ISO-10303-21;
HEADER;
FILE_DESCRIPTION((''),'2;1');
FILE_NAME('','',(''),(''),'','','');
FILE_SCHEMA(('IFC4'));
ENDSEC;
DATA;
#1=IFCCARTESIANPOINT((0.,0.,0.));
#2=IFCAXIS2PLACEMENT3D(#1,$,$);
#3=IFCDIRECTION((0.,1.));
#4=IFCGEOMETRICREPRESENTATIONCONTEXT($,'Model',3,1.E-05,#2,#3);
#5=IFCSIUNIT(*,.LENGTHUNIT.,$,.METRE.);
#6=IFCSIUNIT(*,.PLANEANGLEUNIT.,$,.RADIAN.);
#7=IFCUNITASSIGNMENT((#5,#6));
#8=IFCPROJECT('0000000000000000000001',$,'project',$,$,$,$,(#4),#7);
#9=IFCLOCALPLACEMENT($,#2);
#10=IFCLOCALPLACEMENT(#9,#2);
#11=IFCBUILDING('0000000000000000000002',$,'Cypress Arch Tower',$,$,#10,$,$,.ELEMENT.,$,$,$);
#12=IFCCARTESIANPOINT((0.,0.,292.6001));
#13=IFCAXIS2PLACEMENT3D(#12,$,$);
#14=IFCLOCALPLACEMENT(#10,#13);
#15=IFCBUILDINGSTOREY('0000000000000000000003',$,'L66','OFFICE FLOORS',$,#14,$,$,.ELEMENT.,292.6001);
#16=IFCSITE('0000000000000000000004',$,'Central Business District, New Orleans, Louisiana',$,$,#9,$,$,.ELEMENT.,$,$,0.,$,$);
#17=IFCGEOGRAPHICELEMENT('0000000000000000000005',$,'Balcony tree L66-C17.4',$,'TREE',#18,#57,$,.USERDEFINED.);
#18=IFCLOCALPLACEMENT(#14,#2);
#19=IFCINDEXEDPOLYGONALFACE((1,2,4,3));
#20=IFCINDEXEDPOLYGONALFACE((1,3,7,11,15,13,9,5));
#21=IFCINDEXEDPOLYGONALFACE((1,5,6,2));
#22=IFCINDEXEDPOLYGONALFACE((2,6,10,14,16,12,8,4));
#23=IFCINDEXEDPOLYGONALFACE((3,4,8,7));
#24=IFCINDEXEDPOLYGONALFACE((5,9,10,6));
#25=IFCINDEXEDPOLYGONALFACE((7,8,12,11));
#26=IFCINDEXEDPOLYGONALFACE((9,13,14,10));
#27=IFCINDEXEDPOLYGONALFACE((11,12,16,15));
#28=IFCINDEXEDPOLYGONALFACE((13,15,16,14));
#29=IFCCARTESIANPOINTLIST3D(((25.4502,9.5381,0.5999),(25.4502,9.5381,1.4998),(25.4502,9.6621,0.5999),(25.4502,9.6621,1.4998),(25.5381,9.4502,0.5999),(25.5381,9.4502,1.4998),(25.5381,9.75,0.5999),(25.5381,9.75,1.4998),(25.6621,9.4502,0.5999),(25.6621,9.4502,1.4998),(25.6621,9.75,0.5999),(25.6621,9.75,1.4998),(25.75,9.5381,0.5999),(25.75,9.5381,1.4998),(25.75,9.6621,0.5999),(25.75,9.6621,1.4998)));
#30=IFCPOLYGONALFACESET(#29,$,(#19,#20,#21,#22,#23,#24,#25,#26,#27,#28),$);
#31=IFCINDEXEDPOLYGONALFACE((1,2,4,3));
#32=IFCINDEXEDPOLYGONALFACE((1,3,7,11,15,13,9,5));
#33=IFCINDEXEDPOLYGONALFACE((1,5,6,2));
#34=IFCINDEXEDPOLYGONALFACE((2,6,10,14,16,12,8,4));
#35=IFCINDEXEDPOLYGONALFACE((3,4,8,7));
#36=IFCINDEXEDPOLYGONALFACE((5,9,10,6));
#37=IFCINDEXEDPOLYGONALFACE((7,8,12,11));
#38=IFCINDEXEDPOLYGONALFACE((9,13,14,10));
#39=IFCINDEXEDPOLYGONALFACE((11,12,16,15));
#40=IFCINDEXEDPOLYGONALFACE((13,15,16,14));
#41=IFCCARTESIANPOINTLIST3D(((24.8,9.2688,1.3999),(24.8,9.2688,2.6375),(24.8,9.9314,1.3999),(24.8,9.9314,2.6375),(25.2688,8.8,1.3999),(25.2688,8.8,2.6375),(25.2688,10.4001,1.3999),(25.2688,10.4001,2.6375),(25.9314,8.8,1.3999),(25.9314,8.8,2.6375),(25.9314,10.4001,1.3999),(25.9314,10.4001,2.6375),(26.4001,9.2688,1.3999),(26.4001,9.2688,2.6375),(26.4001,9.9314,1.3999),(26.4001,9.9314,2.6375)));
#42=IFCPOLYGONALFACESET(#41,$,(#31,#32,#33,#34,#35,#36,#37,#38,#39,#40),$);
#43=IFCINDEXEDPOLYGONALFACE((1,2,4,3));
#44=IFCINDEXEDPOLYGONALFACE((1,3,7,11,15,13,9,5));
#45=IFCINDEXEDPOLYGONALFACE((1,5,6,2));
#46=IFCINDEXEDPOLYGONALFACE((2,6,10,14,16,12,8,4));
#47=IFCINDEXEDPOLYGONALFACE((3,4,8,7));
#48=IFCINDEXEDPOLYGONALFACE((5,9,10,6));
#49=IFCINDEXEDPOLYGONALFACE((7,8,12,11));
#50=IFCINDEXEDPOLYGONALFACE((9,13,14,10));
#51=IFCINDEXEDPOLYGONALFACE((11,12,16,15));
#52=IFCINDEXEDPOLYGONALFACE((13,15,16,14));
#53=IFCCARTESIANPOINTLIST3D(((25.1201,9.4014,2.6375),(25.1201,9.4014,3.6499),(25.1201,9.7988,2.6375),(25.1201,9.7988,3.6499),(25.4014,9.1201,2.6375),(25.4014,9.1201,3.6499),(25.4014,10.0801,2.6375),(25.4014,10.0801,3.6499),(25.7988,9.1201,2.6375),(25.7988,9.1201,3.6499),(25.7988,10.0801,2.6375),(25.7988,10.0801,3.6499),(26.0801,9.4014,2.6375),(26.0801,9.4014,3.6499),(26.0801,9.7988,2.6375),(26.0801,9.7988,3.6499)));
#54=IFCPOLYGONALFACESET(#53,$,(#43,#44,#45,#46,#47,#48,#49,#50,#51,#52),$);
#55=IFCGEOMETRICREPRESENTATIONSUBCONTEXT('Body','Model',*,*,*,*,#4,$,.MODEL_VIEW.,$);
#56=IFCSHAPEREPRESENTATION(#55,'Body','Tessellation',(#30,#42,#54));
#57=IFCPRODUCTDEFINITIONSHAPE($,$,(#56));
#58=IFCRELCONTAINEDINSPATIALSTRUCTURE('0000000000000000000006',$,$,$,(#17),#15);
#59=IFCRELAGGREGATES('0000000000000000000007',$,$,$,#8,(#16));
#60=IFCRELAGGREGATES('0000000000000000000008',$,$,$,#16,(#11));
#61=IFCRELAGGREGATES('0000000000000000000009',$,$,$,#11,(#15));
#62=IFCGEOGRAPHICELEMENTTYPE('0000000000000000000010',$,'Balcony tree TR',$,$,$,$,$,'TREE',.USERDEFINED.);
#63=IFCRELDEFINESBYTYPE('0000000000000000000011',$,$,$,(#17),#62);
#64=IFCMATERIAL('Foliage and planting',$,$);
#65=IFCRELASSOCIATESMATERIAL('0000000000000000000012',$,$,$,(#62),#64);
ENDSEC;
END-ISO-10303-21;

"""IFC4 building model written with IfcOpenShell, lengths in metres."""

from ifc_helpers import new_model, si_unit, direction, frame, origin, place, context, subcontext, project, spatial, polyline, outline, extrude, material, type_object, element, save


model = new_model("IFC4")

# Units and contexts
model_context = context("Model", 3, precision=1e-05, world=origin(), true_north=direction((0.0, 1.0)))
body_context = subcontext(model_context, "Body", "Model", "MODEL_VIEW")
ifc_project = project(units=[si_unit("LENGTHUNIT", "METRE"), si_unit("PLANEANGLEUNIT", "RADIAN")], contexts=[model_context])

# Site, building, storey
site_placement = place(None, origin())
site = spatial("IfcSite", under=ifc_project, at=site_placement, Name="Central Business District, New Orleans, Louisiana", CompositionType="ELEMENT", RefElevation=0.0)
building_placement = place(site_placement, origin())
building = spatial("IfcBuilding", under=site, at=building_placement, Name="Cypress Arch Tower", CompositionType="ELEMENT")
storey_placement = place(building_placement, frame((0.0, 0.0, 292.6001)))
storey = spatial("IfcBuildingStorey", under=building, at=storey_placement, Name="L66", Description="OFFICE FLOORS", CompositionType="ELEMENT", Elevation=292.6001)

# Geographic element
ifc_material_1 = material(Name="Foliage and planting")
geographic_element_type = type_object("IfcGeographicElementType", Name="Balcony tree TR", ElementType="TREE", PredefinedType="USERDEFINED", material=ifc_material_1)
geographic_element_placement = place(storey_placement, frame((25.6001, 9.6001, 0.5999), z_axis=(0.0, 0.0, 1.0), x_axis=(1.0, 0.0, 0.0)))
element("IfcGeographicElement", 1, at=geographic_element_placement, inside=storey, type_object=geographic_element_type, Name="Balcony tree L66-C17.4", ObjectType="TREE", PredefinedType="USERDEFINED", context=body_context, shape_type="SweptSolid", body=[
    extrude(outline(polyline([(0.1499, 0.062), (0.062, 0.1499), (-0.062, 0.1499), (-0.1499, 0.062), (-0.1499, -0.062), (-0.062, -0.1499), (0.062, -0.1499), (0.1499, -0.062), (0.1499, 0.062)])), origin(), (0.0, 0.0, 1.0), 0.8999),
    extrude(outline(polyline([(0.8, 0.3313), (0.3313, 0.8), (-0.3313, 0.8), (-0.8, 0.3313), (-0.8, -0.3313), (-0.3313, -0.8), (0.3313, -0.8), (0.8, -0.3313), (0.8, 0.3313)])), frame((0.0, 0.0, 0.8)), (0.0, 0.0, 1.0), 1.2375),
    extrude(outline(polyline([(0.48, 0.1987), (0.1987, 0.48), (-0.1987, 0.48), (-0.48, 0.1987), (-0.48, -0.1987), (-0.1987, -0.48), (0.1987, -0.48), (0.48, -0.1987), (0.48, 0.1987)])), frame((0.0, 0.0, 2.0376)), (0.0, 0.0, 1.0), 1.0125),
])

save(model, "model.ifc")
